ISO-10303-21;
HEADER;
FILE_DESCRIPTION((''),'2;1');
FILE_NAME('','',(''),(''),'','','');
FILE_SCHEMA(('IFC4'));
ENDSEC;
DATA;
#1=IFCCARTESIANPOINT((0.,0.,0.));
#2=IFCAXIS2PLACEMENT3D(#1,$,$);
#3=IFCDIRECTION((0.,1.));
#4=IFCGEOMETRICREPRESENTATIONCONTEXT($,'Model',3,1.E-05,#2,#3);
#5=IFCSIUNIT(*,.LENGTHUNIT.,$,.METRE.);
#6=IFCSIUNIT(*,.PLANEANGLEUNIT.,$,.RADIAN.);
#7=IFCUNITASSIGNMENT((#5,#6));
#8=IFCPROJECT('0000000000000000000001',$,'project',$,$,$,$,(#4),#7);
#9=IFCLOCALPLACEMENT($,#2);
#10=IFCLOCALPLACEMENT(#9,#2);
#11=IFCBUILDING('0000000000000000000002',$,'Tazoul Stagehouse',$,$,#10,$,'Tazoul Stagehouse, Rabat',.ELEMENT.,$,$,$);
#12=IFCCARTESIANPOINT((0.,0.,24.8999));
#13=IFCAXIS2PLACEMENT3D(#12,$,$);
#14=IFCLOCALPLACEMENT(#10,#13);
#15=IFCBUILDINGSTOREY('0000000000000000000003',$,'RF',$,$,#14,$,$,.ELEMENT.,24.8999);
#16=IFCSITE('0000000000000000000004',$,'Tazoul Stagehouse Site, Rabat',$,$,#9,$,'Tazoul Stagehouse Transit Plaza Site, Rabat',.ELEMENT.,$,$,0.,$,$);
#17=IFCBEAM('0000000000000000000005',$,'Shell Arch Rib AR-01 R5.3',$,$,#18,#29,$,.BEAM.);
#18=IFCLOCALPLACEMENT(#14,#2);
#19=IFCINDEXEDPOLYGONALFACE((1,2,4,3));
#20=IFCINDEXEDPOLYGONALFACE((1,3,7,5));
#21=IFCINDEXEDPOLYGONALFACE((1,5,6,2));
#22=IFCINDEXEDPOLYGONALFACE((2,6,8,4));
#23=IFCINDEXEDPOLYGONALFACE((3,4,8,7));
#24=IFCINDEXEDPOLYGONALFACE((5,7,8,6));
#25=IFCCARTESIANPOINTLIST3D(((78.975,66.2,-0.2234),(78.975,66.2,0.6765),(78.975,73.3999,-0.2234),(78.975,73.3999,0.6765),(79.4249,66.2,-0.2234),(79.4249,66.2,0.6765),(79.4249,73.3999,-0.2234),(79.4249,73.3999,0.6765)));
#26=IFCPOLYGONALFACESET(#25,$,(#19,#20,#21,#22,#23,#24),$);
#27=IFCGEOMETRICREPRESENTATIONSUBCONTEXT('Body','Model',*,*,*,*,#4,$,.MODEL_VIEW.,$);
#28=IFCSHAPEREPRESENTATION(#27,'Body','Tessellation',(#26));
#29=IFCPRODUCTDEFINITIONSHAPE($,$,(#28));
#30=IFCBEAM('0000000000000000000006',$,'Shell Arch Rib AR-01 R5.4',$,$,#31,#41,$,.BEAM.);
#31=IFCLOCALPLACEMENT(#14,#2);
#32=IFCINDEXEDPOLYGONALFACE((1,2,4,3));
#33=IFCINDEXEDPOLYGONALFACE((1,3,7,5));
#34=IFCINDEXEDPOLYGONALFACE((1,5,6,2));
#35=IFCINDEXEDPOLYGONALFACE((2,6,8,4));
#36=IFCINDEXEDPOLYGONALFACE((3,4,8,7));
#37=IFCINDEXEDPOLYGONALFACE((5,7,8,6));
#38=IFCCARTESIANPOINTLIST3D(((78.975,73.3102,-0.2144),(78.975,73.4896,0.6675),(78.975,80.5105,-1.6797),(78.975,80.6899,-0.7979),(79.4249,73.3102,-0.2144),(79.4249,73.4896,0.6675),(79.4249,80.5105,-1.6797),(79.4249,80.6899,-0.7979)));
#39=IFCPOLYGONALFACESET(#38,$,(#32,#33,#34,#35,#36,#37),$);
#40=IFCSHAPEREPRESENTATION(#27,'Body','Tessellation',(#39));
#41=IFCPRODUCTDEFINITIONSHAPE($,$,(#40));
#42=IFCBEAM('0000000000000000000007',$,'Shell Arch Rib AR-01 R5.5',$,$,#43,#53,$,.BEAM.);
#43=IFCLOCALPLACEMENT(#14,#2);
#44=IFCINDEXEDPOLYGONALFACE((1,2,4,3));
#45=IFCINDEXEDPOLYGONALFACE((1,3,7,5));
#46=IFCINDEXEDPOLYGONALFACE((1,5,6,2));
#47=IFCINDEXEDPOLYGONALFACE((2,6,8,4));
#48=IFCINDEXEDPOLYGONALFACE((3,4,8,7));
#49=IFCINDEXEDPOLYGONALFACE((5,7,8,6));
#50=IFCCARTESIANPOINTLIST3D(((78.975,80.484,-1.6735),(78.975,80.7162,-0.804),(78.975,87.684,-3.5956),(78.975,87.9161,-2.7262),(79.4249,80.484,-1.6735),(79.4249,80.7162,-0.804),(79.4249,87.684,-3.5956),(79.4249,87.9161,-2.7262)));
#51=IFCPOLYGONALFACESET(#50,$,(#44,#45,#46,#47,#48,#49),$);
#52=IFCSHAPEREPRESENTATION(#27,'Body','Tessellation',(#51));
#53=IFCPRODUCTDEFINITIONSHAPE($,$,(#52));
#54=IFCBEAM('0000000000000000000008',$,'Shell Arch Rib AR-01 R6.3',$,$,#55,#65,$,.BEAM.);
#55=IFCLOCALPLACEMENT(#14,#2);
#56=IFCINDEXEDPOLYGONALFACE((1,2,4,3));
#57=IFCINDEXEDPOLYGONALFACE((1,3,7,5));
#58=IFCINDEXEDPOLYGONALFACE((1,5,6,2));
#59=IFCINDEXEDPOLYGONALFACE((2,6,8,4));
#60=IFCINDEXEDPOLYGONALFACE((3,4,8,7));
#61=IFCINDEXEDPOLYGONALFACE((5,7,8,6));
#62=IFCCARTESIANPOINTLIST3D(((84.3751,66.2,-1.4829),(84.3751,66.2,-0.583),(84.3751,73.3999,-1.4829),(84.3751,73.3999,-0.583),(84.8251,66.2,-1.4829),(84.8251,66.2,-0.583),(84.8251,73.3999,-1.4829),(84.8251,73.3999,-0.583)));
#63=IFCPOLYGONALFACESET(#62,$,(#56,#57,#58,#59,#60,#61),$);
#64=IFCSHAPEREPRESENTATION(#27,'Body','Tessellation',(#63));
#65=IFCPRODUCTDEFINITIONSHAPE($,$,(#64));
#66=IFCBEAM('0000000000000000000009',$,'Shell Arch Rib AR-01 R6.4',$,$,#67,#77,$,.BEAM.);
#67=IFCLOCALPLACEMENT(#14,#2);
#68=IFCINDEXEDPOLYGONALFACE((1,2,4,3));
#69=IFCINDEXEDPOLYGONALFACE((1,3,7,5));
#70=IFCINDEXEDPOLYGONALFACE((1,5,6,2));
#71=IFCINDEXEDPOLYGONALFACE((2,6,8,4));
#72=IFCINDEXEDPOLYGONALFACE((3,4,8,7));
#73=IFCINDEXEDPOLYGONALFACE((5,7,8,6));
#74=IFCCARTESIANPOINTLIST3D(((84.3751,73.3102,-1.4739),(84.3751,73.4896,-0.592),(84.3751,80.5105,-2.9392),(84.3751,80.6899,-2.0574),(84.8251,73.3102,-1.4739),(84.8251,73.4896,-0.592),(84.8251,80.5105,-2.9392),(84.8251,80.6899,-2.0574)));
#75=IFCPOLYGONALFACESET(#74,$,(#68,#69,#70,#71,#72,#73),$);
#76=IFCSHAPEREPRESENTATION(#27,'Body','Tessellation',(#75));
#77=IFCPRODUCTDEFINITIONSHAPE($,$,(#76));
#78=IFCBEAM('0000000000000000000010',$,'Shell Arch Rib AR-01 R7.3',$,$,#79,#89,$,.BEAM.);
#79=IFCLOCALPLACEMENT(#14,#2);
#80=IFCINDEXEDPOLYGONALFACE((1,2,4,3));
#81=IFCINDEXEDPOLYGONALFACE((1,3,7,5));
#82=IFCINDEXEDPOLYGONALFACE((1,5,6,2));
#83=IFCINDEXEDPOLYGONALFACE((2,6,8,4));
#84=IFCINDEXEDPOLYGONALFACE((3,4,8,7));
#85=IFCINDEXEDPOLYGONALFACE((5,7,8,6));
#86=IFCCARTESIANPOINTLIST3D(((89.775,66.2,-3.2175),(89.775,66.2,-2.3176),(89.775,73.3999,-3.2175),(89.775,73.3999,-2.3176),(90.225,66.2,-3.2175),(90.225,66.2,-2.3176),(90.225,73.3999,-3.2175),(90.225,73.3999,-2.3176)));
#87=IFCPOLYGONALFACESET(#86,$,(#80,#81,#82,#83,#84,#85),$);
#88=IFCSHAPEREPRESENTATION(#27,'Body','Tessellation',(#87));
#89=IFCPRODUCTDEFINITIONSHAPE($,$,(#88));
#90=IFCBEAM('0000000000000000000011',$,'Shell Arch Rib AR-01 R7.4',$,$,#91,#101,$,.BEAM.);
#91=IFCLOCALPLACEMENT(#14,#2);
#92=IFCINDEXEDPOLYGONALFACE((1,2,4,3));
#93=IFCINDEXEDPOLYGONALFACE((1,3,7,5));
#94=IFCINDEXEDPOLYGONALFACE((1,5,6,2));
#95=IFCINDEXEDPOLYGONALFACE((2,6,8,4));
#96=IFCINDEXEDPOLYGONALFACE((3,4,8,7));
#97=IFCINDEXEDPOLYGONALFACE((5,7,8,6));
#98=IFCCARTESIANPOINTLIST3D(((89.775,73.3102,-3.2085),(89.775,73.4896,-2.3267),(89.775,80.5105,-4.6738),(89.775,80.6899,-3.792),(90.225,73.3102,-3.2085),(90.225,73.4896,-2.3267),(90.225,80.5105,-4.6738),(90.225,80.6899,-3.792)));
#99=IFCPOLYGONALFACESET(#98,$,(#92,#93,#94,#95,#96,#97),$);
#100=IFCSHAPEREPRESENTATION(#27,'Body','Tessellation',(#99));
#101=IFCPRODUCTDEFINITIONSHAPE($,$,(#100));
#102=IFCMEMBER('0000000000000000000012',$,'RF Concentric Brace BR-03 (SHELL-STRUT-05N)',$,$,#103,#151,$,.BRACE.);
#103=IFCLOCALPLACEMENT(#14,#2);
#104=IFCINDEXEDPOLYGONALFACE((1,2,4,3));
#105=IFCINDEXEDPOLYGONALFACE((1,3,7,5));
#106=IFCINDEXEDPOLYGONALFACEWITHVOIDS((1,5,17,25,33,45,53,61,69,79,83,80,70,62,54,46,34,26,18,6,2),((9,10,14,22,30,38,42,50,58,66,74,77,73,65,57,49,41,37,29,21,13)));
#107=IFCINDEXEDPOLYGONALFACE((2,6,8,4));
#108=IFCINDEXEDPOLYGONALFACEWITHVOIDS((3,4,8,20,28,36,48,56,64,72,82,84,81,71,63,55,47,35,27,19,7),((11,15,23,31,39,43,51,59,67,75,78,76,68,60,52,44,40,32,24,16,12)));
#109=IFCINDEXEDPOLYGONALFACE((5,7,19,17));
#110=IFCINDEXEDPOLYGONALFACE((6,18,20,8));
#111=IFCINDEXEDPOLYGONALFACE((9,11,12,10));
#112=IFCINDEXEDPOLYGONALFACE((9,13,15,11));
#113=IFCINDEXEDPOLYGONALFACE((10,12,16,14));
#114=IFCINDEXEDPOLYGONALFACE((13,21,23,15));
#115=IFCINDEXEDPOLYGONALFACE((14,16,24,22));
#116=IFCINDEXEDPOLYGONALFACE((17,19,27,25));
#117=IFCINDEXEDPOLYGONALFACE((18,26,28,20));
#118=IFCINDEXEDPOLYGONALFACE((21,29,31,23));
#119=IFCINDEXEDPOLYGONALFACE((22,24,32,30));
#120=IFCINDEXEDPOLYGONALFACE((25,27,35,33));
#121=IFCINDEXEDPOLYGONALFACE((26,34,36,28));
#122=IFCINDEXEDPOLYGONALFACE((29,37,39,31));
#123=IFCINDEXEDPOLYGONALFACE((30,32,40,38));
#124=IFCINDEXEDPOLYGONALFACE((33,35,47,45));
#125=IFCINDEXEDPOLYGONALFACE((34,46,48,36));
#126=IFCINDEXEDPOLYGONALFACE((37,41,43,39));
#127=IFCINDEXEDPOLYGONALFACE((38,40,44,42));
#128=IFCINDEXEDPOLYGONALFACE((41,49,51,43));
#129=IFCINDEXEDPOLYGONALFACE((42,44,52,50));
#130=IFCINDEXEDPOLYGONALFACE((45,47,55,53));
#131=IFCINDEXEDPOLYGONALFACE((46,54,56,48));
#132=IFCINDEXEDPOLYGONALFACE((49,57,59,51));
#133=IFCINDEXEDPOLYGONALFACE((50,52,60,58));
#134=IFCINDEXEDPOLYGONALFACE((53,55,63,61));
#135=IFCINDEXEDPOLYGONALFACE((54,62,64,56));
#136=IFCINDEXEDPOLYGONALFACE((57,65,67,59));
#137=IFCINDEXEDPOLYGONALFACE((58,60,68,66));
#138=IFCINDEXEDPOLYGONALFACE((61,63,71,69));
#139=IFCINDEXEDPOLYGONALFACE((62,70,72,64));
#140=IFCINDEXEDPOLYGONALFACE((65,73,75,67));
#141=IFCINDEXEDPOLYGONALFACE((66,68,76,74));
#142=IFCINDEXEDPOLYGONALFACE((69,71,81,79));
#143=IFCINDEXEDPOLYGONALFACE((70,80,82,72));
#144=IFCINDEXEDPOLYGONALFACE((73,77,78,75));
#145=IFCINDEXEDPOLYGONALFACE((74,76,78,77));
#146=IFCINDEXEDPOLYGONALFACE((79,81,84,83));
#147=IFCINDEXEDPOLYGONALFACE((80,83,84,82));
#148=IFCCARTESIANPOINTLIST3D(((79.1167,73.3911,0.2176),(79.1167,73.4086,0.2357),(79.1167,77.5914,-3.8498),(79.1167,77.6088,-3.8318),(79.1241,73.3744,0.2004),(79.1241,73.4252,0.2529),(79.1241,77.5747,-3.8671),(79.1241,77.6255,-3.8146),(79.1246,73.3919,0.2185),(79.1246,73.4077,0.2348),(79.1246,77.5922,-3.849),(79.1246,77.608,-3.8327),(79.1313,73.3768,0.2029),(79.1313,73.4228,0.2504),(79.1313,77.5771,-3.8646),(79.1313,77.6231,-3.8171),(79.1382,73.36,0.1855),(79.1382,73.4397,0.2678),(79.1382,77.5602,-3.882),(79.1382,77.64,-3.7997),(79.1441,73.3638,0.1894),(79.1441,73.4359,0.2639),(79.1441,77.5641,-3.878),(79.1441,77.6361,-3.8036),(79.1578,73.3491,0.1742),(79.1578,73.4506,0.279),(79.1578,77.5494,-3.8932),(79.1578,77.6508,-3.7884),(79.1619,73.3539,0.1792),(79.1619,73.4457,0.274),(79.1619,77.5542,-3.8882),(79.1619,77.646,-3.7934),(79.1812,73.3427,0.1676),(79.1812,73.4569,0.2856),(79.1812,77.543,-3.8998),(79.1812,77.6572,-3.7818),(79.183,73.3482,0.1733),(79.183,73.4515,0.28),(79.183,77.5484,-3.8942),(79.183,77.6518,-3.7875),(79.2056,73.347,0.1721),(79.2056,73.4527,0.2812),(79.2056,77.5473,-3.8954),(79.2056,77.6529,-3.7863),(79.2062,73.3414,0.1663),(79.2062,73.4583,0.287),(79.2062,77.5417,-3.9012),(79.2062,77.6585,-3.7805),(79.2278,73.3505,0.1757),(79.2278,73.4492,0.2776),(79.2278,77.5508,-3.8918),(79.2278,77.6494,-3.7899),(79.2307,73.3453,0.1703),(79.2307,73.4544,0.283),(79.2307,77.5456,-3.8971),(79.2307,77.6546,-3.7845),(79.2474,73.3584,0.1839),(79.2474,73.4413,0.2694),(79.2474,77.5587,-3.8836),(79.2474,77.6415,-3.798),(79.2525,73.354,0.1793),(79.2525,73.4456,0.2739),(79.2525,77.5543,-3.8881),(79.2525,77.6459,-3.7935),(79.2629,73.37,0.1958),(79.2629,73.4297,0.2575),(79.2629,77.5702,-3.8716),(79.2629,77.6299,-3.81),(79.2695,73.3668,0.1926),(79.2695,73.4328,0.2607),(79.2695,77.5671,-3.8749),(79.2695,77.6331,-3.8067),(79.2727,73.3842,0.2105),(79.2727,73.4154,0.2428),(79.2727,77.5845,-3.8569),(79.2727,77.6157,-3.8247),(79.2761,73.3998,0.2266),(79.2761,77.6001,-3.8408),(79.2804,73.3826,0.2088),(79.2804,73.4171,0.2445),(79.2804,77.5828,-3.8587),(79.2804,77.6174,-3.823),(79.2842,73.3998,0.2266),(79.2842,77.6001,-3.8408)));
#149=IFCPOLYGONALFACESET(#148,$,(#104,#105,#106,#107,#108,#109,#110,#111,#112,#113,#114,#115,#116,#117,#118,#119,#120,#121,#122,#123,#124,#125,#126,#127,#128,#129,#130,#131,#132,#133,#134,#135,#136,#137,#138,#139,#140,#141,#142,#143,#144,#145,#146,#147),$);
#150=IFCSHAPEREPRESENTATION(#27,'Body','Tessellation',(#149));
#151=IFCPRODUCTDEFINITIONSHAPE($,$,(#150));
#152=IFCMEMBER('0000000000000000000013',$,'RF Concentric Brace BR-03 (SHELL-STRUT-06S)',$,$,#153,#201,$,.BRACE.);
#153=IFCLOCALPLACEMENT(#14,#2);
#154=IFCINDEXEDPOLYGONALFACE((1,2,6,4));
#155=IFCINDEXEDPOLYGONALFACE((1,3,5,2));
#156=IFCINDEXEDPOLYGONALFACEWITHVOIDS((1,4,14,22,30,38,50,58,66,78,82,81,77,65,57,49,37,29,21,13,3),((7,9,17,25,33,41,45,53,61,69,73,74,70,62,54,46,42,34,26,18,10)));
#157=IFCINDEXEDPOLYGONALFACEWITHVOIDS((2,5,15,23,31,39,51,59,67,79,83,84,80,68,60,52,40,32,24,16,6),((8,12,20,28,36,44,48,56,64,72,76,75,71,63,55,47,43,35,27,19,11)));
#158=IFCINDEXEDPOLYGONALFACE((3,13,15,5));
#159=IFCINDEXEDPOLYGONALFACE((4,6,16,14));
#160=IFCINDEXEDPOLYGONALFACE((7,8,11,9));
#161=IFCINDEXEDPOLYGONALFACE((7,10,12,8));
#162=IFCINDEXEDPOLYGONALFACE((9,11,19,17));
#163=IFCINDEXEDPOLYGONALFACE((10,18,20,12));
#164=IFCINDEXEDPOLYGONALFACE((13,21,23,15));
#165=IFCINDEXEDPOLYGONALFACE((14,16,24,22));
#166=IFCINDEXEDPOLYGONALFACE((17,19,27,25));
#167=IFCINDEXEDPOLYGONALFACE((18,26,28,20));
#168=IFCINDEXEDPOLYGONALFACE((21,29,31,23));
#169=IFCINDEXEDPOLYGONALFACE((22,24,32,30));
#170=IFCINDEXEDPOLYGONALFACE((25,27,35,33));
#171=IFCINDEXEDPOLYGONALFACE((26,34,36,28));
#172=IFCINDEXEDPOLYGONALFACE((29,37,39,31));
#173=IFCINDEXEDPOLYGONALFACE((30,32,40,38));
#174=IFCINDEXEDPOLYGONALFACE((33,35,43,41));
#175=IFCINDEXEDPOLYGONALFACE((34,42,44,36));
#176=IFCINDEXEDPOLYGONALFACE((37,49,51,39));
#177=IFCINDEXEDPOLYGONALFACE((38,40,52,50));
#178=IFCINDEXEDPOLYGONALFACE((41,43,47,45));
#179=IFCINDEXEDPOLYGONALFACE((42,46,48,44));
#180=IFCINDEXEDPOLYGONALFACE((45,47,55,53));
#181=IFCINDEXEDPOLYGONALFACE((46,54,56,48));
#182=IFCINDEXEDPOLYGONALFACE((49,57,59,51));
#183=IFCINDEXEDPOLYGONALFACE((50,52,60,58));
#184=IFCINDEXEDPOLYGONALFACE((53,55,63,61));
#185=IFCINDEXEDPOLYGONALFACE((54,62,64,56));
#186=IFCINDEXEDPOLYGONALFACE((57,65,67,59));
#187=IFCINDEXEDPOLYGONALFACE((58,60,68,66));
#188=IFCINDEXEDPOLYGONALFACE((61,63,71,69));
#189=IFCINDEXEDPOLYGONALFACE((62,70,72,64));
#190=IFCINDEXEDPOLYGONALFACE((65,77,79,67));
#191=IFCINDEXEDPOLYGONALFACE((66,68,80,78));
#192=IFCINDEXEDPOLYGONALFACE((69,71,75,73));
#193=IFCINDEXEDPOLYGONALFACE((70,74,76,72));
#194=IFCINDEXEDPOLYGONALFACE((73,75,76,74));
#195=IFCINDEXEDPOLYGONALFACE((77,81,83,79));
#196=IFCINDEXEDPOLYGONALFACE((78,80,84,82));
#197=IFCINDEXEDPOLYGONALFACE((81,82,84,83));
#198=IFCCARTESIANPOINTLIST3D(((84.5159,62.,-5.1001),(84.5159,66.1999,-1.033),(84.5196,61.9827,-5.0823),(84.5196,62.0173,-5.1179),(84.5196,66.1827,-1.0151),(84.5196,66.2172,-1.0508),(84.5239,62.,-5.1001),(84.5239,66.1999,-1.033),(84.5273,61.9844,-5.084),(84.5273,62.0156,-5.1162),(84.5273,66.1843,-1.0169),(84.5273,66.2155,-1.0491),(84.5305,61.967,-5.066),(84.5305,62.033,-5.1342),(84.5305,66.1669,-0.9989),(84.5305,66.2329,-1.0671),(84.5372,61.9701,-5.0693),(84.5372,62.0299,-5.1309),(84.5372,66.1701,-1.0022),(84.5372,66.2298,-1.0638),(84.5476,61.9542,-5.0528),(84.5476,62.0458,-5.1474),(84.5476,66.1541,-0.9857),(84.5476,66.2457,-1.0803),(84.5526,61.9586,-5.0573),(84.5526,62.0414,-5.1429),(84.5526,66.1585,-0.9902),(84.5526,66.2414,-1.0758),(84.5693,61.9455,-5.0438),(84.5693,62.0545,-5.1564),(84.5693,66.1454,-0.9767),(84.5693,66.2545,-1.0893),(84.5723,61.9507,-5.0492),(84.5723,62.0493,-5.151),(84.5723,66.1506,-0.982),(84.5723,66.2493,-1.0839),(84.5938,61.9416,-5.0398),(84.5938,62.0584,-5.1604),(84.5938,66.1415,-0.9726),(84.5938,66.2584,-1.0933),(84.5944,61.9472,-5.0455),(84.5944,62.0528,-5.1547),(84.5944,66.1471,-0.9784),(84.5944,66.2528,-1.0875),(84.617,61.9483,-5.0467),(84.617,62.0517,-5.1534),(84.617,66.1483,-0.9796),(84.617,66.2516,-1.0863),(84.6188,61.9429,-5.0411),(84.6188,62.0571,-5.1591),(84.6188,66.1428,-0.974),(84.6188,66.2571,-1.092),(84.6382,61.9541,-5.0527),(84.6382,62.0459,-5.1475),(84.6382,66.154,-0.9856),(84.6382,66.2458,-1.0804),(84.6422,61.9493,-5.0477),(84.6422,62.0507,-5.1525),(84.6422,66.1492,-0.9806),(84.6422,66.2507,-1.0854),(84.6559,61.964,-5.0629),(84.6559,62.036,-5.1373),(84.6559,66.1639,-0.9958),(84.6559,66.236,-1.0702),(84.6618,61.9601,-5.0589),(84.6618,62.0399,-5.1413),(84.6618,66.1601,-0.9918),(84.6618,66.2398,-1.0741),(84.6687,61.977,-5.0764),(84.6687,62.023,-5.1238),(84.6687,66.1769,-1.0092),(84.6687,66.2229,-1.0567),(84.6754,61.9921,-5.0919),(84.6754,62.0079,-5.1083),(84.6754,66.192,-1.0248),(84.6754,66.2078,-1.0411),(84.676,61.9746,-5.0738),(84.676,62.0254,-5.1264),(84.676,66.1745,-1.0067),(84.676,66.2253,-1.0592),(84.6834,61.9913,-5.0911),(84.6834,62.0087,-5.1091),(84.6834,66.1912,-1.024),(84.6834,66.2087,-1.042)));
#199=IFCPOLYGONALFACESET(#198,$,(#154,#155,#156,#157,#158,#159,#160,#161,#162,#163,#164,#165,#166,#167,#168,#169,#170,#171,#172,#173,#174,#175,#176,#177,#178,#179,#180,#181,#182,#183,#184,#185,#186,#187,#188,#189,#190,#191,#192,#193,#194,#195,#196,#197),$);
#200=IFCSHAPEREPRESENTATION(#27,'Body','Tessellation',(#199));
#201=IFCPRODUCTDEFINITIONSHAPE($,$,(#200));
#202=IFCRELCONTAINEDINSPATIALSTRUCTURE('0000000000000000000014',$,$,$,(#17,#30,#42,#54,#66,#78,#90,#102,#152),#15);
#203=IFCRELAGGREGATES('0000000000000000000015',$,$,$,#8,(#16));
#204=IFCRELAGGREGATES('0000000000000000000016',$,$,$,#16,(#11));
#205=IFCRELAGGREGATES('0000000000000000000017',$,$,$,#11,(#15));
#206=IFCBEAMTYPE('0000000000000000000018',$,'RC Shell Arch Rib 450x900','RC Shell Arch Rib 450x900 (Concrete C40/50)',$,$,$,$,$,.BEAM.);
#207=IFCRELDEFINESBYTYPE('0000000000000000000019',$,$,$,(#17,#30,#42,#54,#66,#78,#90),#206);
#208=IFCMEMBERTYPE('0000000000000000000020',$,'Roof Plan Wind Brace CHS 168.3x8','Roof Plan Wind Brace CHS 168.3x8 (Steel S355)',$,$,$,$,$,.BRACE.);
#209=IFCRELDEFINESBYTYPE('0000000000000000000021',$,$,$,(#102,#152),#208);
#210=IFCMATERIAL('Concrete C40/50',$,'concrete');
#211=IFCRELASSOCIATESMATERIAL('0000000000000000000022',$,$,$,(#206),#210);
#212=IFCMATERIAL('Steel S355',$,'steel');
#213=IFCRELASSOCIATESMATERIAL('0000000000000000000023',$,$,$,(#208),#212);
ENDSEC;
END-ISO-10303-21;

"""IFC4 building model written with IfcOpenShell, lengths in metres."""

from ifc_helpers import new_model, si_unit, direction, frame, origin, origin_2d, place, context, subcontext, project, spatial, rectangle, hollow_circle, extrude, material, material_profile, profile_set, type_object, element, save


model = new_model("IFC4")

# Units and contexts
model_context = context("Model", 3, precision=1e-05, world=origin(), true_north=direction((0.0, 1.0)))
body_context = subcontext(model_context, "Body", "Model", "MODEL_VIEW")
ifc_project = project(units=[si_unit("LENGTHUNIT", "METRE"), si_unit("PLANEANGLEUNIT", "RADIAN")], contexts=[model_context])

# Site, building, storey
site_placement = place(None, origin())
site = spatial("IfcSite", under=ifc_project, at=site_placement, Name="Tazoul Stagehouse Site, Rabat", LongName="Tazoul Stagehouse Transit Plaza Site, Rabat", CompositionType="ELEMENT", RefElevation=0.0)
building_placement = place(site_placement, origin())
building = spatial("IfcBuilding", under=site, at=building_placement, Name="Tazoul Stagehouse", LongName="Tazoul Stagehouse, Rabat", CompositionType="ELEMENT")
storey_placement = place(building_placement, frame((0.0, 0.0, 24.8999)))
storey = spatial("IfcBuildingStorey", under=building, at=storey_placement, Name="RF", CompositionType="ELEMENT", Elevation=24.8999)

# Beams
ifc_material_1 = material(Name="Concrete C40/50", Category="concrete")
ifc_material_profile_1 = material_profile(ifc_material_1, rectangle(XDim=0.45, YDim=0.8999, at=origin_2d()), Name="RC 450x900")
ifc_profile_set_1 = profile_set([ifc_material_profile_1], Name="Concrete C40/50")
beam_type = type_object("IfcBeamType", Name="RC Shell Arch Rib 450x900", Description="RC Shell Arch Rib 450x900 (Concrete C40/50)", PredefinedType="BEAM", material=ifc_profile_set_1)
beam_1_placement = place(storey_placement, frame((79.2, 66.2, 0.2266), z_axis=(0.0, 1.0, 0.0), x_axis=(-1.0, 0.0, 0.0)))
element("IfcBeam", 1, at=beam_1_placement, inside=storey, type_object=beam_type, Name="Shell Arch Rib AR-01 R5.3", PredefinedType="BEAM", context=body_context, shape_type="SweptSolid", body=[
    extrude(rectangle(XDim=0.45, YDim=0.8999, at=origin_2d()), origin(), (0.0, 0.0, 1.0), 7.2),
])
beam_2_placement = place(storey_placement, frame((79.2, 73.3999, 0.2266), z_axis=(0.0, 0.979913, -0.199425), x_axis=(-1.0, 0.0, 0.0)))
element("IfcBeam", 2, at=beam_2_placement, inside=storey, type_object=beam_type, Name="Shell Arch Rib AR-01 R5.4", PredefinedType="BEAM", context=body_context, shape_type="SweptSolid", body=[
    extrude(rectangle(XDim=0.45, YDim=0.8999, at=origin_2d()), origin(), (0.0, 0.0, 1.0), 7.3479),
])
beam_3_placement = place(storey_placement, frame((79.2, 80.6001, -1.2388), z_axis=(0.0, 0.966164, -0.25793), x_axis=(-1.0, 0.0, 0.0)))
element("IfcBeam", 3, at=beam_3_placement, inside=storey, type_object=beam_type, Name="Shell Arch Rib AR-01 R5.5", PredefinedType="BEAM", context=body_context, shape_type="SweptSolid", body=[
    extrude(rectangle(XDim=0.45, YDim=0.8999, at=origin_2d()), origin(), (0.0, 0.0, 1.0), 7.4521),
])
beam_4_placement = place(storey_placement, frame((84.6001, 66.2, -1.033), z_axis=(0.0, 1.0, 0.0), x_axis=(-1.0, 0.0, 0.0)))
element("IfcBeam", 4, at=beam_4_placement, inside=storey, type_object=beam_type, Name="Shell Arch Rib AR-01 R6.3", PredefinedType="BEAM", context=body_context, shape_type="SweptSolid", body=[
    extrude(rectangle(XDim=0.45, YDim=0.8999, at=origin_2d()), origin(), (0.0, 0.0, 1.0), 7.2),
])
beam_5_placement = place(storey_placement, frame((84.6001, 73.3999, -1.033), z_axis=(0.0, 0.979913, -0.199425), x_axis=(-1.0, 0.0, 0.0)))
element("IfcBeam", 5, at=beam_5_placement, inside=storey, type_object=beam_type, Name="Shell Arch Rib AR-01 R6.4", PredefinedType="BEAM", context=body_context, shape_type="SweptSolid", body=[
    extrude(rectangle(XDim=0.45, YDim=0.8999, at=origin_2d()), origin(), (0.0, 0.0, 1.0), 7.3479),
])
beam_6_placement = place(storey_placement, frame((90.0, 66.2, -2.7676), z_axis=(0.0, 1.0, 0.0), x_axis=(-1.0, 0.0, 0.0)))
element("IfcBeam", 6, at=beam_6_placement, inside=storey, type_object=beam_type, Name="Shell Arch Rib AR-01 R7.3", PredefinedType="BEAM", context=body_context, shape_type="SweptSolid", body=[
    extrude(rectangle(XDim=0.45, YDim=0.8999, at=origin_2d()), origin(), (0.0, 0.0, 1.0), 7.2),
])
beam_7_placement = place(storey_placement, frame((90.0, 73.3999, -2.7676), z_axis=(0.0, 0.979913, -0.199425), x_axis=(-1.0, 0.0, 0.0)))
element("IfcBeam", 7, at=beam_7_placement, inside=storey, type_object=beam_type, Name="Shell Arch Rib AR-01 R7.4", PredefinedType="BEAM", context=body_context, shape_type="SweptSolid", body=[
    extrude(rectangle(XDim=0.45, YDim=0.8999, at=origin_2d()), origin(), (0.0, 0.0, 1.0), 7.3479),
])

# Members
ifc_material_2 = material(Name="Steel S355", Category="steel")
ifc_material_profile_2 = material_profile(ifc_material_2, hollow_circle(Radius=0.0842, WallThickness=0.0081, at=origin_2d()), Name="CHS 168.3x8")
ifc_profile_set_2 = profile_set([ifc_material_profile_2], Name="Steel S355")
member_type = type_object("IfcMemberType", Name="Roof Plan Wind Brace CHS 168.3x8", Description="Roof Plan Wind Brace CHS 168.3x8 (Steel S355)", PredefinedType="BRACE", material=ifc_profile_set_2)
member_1_placement = place(storey_placement, frame((79.2, 77.6001, -3.8408), z_axis=(0.0, -0.718373, 0.695658), x_axis=(1.0, 0.0, 0.0)))
element("IfcMember", 8, at=member_1_placement, inside=storey, type_object=member_type, Name="RF Concentric Brace BR-03 (SHELL-STRUT-05N)", PredefinedType="BRACE", context=body_context, shape_type="SweptSolid", body=[
    extrude(hollow_circle(Radius=0.0842, WallThickness=0.0081, at=origin_2d()), origin(), (0.0, 0.0, 1.0), 5.8469),
])
member_2_placement = place(storey_placement, frame((84.6001, 62.0, -5.1001), z_axis=(0.0, 0.718374, 0.695657), x_axis=(-1.0, 0.0, 0.0)))
element("IfcMember", 9, at=member_2_placement, inside=storey, type_object=member_type, Name="RF Concentric Brace BR-03 (SHELL-STRUT-06S)", PredefinedType="BRACE", context=body_context, shape_type="SweptSolid", body=[
    extrude(hollow_circle(Radius=0.0842, WallThickness=0.0081, at=origin_2d()), origin(), (0.0, 0.0, 1.0), 5.8464),
])

save(model, "model.ifc")
